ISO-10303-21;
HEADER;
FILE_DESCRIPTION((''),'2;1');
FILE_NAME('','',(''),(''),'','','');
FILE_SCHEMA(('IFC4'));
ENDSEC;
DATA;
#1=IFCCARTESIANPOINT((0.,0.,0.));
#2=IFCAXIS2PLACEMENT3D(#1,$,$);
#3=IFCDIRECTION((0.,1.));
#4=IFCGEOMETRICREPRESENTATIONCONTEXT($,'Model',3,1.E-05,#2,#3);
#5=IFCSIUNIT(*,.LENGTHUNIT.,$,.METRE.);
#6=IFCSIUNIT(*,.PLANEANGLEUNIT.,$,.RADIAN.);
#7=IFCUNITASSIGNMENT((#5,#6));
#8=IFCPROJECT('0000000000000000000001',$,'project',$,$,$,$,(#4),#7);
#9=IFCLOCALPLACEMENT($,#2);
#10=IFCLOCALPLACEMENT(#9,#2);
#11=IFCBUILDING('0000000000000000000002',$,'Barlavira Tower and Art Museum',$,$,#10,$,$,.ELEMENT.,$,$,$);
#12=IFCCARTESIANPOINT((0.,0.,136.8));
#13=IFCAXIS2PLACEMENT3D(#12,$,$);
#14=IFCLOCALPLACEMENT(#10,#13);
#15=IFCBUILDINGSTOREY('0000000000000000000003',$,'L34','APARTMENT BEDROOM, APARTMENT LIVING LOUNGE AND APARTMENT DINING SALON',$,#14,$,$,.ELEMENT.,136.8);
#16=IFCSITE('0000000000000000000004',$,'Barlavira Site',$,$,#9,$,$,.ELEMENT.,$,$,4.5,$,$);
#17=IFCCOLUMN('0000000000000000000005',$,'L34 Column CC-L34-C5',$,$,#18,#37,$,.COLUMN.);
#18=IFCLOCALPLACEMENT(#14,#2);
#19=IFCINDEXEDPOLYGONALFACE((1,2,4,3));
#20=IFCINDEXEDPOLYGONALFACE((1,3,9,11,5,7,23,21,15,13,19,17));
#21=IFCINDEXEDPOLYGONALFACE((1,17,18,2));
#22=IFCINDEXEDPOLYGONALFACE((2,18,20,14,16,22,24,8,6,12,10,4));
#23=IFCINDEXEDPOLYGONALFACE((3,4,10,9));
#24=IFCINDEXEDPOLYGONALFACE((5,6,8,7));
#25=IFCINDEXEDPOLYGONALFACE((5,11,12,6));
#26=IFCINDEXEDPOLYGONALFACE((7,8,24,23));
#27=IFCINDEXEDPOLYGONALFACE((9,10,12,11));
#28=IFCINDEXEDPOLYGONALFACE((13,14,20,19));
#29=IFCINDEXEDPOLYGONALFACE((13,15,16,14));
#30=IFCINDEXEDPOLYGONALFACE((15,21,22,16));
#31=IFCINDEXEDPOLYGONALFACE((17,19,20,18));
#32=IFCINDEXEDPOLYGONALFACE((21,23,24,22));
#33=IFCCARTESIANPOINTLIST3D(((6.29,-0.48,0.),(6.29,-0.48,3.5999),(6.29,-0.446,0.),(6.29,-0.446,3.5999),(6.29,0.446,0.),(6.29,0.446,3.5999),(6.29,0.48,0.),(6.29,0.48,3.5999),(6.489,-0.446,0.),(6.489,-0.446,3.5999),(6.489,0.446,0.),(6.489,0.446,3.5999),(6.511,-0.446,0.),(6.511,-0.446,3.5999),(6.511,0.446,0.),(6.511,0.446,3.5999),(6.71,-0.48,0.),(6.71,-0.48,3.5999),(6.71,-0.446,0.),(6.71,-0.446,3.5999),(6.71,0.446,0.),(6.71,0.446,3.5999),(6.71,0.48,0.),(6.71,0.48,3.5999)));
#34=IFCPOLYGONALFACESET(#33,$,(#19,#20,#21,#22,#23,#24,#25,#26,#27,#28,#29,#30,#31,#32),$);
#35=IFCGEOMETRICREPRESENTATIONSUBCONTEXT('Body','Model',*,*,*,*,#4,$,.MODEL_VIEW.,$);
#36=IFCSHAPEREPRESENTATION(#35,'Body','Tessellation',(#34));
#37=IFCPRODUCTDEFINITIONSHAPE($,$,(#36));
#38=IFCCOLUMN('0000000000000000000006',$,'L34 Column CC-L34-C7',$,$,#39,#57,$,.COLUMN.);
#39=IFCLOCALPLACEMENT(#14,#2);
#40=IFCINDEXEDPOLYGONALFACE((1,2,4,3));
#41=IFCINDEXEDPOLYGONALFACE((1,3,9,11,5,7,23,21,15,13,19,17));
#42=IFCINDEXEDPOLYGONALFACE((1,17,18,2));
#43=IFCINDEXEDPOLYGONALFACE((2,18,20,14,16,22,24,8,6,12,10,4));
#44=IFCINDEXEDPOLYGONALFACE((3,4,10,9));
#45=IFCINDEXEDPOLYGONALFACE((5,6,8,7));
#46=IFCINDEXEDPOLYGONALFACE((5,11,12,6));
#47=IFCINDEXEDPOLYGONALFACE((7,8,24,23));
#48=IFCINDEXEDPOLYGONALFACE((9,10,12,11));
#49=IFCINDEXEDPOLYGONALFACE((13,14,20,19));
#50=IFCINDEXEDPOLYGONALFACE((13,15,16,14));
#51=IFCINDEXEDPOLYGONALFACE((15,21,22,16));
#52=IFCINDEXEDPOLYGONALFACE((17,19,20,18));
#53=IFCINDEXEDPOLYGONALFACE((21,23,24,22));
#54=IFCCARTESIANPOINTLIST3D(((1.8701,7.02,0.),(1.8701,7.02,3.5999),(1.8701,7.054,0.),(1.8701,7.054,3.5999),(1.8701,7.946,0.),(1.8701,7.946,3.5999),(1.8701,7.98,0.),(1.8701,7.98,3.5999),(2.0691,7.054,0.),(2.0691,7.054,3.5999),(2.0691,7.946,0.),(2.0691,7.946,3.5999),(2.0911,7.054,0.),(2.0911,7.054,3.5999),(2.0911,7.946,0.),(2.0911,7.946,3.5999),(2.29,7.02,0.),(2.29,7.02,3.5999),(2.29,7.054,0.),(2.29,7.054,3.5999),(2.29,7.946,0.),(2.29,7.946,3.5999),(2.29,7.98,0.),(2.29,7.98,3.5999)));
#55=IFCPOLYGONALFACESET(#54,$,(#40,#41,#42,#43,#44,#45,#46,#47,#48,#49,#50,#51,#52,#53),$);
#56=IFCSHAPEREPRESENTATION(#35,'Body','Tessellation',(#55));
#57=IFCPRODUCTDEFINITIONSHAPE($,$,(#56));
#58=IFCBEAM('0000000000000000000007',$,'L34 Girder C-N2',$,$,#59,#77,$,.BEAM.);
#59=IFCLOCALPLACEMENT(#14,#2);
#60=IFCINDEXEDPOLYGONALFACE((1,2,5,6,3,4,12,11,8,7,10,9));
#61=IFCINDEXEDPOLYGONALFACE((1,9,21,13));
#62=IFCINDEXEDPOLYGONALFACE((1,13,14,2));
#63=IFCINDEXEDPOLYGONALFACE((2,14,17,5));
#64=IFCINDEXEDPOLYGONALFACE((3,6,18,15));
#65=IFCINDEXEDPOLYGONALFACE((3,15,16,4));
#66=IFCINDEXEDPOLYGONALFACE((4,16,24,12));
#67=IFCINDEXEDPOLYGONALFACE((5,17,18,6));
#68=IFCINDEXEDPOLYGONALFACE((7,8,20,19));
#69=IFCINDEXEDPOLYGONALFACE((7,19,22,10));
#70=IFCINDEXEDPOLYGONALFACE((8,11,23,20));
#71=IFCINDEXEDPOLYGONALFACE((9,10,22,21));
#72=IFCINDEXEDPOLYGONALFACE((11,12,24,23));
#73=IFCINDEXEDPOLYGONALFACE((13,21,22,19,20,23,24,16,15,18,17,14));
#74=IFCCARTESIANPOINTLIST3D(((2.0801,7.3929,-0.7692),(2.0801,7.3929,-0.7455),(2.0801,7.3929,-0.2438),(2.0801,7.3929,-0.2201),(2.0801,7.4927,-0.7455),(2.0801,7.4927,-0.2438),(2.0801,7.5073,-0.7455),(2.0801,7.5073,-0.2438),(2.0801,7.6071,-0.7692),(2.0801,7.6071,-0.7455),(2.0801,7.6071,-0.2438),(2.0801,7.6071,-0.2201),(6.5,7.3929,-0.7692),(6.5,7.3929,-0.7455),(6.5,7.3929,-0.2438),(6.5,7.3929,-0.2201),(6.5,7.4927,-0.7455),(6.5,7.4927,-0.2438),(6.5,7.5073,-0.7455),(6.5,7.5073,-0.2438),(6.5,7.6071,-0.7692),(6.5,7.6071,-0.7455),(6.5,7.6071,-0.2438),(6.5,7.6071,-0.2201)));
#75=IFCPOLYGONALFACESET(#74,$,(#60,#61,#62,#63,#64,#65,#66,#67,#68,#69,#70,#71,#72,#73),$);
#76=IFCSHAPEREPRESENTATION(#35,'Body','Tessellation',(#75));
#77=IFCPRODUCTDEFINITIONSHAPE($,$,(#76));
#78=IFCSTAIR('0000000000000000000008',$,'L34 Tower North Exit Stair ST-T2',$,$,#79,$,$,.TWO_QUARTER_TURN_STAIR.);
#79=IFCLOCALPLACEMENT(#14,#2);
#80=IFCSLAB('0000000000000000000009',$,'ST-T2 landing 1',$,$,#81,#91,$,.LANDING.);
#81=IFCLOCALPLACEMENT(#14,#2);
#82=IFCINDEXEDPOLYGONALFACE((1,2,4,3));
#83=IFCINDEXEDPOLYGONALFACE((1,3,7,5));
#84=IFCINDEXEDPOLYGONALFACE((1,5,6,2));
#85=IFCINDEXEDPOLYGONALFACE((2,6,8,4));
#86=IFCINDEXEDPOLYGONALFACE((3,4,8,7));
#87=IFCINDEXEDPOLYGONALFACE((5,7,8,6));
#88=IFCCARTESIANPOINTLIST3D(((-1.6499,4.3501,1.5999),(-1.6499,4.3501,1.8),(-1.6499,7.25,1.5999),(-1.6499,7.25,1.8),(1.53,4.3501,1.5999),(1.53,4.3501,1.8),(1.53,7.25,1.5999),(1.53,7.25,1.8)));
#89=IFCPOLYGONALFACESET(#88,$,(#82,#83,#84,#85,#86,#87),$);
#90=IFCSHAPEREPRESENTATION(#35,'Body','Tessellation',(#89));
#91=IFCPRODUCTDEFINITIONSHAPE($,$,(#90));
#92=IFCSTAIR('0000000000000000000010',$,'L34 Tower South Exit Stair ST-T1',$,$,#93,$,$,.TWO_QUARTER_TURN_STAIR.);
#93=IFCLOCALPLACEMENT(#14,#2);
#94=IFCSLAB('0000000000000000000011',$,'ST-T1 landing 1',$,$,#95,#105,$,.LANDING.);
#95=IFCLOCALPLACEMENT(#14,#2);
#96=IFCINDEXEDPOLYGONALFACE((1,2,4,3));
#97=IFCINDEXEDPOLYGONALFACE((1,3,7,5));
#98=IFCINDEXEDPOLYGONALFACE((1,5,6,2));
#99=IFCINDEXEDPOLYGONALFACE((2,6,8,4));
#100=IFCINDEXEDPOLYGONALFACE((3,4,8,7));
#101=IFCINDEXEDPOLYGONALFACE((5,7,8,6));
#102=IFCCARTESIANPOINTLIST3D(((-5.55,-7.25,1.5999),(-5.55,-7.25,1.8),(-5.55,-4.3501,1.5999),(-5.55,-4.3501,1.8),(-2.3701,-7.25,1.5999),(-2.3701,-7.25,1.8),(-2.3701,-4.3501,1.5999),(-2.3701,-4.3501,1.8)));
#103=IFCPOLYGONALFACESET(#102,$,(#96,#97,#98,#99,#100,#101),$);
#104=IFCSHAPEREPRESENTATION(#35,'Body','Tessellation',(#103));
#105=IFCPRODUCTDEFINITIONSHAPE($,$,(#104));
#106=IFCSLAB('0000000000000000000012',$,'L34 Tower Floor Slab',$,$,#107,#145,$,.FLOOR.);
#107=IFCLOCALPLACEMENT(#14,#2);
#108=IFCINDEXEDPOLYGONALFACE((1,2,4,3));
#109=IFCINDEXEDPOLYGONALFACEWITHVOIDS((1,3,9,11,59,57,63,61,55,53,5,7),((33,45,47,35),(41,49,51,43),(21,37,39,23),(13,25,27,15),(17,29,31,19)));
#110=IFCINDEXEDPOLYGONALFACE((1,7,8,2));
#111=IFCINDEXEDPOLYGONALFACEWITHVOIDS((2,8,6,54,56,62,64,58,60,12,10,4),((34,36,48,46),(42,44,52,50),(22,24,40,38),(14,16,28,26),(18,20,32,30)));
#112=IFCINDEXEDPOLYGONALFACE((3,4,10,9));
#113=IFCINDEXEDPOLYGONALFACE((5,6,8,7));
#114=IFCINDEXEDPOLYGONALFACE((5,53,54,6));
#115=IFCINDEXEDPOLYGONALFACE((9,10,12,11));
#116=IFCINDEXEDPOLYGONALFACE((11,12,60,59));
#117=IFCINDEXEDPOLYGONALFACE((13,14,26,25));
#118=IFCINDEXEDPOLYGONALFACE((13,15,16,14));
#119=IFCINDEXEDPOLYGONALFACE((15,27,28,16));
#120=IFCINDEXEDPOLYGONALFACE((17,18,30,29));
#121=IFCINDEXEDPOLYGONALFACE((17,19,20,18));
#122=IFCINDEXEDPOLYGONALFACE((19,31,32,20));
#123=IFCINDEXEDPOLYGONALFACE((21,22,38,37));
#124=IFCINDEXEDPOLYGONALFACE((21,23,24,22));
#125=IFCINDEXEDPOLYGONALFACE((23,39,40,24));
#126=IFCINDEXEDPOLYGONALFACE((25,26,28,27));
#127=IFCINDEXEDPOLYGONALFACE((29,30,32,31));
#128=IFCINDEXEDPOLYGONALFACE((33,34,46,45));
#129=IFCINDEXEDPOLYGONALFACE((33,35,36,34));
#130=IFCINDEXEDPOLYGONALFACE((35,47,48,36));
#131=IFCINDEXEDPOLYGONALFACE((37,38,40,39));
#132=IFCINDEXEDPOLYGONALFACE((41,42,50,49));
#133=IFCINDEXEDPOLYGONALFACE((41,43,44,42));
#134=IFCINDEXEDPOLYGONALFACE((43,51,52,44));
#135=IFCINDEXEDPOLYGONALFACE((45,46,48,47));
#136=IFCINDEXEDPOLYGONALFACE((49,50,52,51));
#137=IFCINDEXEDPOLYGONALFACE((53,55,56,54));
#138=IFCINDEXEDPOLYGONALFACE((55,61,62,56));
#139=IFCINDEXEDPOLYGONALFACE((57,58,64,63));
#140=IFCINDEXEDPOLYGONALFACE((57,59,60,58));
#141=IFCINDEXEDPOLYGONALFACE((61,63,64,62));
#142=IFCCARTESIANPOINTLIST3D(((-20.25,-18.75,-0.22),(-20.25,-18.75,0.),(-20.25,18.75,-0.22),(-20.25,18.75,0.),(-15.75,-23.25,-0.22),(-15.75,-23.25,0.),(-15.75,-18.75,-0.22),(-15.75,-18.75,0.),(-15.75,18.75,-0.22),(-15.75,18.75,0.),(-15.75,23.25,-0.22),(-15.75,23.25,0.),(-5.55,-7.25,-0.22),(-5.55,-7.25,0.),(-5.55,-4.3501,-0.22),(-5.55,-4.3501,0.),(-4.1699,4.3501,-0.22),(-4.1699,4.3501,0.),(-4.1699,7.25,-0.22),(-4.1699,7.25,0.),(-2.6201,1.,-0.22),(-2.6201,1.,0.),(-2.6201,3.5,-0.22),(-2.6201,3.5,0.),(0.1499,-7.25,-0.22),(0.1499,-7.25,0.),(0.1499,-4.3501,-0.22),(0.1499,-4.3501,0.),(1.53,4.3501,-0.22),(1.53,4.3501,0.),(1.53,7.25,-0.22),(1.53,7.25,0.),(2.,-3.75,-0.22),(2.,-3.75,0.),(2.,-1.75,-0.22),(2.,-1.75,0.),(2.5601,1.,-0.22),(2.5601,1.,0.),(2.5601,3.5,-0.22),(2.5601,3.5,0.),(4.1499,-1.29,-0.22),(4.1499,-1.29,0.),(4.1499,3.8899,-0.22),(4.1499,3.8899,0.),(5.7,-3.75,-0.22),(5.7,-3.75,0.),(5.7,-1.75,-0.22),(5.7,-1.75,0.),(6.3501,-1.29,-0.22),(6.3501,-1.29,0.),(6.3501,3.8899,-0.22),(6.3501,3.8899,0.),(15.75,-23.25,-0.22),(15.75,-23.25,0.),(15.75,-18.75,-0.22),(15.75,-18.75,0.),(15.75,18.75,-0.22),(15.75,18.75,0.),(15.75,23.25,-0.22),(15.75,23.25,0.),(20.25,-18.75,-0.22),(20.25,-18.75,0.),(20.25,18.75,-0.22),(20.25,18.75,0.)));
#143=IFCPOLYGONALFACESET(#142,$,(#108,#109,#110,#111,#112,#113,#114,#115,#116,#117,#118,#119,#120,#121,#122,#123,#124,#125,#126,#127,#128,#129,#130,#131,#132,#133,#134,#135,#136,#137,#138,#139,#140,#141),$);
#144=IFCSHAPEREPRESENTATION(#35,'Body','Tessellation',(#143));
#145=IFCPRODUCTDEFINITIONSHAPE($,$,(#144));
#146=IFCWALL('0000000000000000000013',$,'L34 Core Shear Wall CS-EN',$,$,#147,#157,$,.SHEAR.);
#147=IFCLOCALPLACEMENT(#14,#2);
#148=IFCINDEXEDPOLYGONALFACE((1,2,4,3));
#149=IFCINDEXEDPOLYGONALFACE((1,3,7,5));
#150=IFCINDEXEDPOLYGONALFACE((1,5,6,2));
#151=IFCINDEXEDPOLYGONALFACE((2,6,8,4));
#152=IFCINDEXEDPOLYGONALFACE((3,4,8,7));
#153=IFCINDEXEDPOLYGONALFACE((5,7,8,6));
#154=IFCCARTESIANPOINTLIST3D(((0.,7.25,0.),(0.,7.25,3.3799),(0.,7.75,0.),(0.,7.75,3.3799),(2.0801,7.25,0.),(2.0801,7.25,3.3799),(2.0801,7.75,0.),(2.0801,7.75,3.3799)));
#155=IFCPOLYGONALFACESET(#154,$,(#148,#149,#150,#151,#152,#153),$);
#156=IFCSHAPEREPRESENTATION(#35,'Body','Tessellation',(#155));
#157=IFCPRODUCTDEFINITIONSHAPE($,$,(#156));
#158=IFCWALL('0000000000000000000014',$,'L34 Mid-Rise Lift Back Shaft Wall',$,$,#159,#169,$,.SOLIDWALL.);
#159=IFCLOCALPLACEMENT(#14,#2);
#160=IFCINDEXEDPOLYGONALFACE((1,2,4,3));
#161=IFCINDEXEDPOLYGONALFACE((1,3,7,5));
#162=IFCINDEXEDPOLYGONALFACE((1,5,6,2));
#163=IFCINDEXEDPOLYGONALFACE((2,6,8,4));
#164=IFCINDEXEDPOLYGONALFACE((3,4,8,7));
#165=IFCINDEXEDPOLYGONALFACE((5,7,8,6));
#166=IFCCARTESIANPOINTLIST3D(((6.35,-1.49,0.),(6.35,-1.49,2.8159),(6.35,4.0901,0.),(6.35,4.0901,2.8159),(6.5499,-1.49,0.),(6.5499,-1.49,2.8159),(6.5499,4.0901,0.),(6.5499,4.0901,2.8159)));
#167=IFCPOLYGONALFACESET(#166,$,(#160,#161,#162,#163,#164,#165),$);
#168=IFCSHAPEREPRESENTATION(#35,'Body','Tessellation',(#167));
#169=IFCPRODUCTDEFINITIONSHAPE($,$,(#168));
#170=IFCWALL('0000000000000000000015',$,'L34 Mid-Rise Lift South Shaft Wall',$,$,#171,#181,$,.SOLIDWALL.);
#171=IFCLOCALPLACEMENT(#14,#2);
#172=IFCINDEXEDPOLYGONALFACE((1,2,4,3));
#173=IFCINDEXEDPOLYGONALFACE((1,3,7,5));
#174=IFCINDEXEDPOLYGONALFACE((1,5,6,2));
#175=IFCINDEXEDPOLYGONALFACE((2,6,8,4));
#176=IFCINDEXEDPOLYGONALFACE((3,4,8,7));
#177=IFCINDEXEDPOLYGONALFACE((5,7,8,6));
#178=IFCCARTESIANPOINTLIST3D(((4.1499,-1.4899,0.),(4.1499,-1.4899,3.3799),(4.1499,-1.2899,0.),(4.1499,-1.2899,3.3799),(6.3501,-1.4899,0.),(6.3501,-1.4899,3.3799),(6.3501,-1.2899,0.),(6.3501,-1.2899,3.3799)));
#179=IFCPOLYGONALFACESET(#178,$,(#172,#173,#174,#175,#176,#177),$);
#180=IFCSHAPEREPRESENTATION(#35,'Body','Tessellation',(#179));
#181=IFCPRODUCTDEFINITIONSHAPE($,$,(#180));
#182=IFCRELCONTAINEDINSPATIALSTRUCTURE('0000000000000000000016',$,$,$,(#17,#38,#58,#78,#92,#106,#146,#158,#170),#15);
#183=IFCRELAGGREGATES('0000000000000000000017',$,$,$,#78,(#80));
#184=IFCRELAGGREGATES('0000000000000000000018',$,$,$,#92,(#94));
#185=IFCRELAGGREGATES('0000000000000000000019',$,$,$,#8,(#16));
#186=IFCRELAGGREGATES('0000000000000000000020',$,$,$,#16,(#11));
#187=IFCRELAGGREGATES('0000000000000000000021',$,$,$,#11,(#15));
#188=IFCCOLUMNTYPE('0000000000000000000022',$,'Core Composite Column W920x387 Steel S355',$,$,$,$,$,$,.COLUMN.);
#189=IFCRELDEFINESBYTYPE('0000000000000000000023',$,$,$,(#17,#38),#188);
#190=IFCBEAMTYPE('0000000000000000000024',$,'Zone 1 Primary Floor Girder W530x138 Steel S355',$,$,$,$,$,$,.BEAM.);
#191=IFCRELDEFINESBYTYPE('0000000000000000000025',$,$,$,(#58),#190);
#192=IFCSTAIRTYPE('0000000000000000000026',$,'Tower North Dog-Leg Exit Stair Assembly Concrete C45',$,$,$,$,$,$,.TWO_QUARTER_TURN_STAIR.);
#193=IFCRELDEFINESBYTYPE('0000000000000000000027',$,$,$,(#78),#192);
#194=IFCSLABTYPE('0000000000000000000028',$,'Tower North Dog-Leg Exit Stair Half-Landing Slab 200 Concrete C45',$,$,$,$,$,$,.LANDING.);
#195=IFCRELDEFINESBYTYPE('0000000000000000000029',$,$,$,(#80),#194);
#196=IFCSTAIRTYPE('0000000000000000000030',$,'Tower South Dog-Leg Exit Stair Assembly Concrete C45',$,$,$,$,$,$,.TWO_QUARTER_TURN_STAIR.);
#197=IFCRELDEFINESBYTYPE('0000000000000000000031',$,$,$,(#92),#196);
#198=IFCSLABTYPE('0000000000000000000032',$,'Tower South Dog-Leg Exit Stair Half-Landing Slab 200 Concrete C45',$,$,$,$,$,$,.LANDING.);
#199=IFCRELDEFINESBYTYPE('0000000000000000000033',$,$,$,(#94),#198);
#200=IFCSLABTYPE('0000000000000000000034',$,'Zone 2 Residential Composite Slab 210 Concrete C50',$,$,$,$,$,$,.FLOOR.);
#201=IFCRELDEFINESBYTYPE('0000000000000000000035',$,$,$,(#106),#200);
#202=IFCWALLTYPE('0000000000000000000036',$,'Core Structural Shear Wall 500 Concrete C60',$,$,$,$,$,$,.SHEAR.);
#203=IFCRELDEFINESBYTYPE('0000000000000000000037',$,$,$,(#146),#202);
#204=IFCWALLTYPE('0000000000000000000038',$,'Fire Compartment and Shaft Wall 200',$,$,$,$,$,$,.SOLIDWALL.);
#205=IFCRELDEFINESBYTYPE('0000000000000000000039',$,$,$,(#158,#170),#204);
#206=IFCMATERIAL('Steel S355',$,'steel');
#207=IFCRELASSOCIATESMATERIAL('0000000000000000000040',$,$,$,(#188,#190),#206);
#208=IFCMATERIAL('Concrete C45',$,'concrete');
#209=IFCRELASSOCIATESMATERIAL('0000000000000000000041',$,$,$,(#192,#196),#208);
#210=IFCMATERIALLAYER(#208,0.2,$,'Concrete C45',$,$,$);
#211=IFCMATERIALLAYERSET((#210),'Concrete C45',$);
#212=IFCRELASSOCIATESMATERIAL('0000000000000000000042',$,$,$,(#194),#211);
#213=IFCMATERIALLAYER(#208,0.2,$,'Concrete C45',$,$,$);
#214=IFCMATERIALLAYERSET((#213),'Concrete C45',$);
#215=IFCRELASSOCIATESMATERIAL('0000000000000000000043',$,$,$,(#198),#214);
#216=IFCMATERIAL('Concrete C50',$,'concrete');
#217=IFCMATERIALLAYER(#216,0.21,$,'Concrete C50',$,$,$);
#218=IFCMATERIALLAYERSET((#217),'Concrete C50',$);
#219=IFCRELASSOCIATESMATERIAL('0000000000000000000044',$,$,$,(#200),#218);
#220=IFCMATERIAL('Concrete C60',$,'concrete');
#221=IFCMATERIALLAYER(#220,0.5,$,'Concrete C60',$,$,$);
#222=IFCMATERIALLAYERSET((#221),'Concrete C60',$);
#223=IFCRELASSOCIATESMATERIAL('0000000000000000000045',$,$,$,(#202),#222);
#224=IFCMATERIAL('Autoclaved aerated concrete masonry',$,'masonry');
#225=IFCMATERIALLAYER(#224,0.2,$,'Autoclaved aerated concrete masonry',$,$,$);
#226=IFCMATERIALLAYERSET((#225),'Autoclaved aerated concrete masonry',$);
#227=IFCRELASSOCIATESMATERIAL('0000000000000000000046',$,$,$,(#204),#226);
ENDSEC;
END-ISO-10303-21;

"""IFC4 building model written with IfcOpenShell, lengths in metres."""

from ifc_helpers import new_model, si_unit, direction, frame, frame_2d, origin, origin_2d, place, context, subcontext, project, spatial, polyline, rectangle, i_section, outline, extrude, material, layer, layer_set, material_profile, profile_set, type_object, element, aggregate, save


model = new_model("IFC4")

# Units and contexts
model_context = context("Model", 3, precision=1e-05, world=origin(), true_north=direction((0.0, 1.0)))
body_context = subcontext(model_context, "Body", "Model", "MODEL_VIEW")
ifc_project = project(units=[si_unit("LENGTHUNIT", "METRE"), si_unit("PLANEANGLEUNIT", "RADIAN")], contexts=[model_context])

# Site, building, storey
site_placement = place(None, origin())
site = spatial("IfcSite", under=ifc_project, at=site_placement, Name="Barlavira Site", CompositionType="ELEMENT", RefElevation=4.5)
building_placement = place(site_placement, origin())
building = spatial("IfcBuilding", under=site, at=building_placement, Name="Barlavira Tower and Art Museum", CompositionType="ELEMENT")
storey_placement = place(building_placement, frame((0.0, 0.0, 136.8)))
storey = spatial("IfcBuildingStorey", under=building, at=storey_placement, Name="L34", Description="APARTMENT BEDROOM, APARTMENT LIVING LOUNGE AND APARTMENT DINING SALON", CompositionType="ELEMENT", Elevation=136.8)

# Columns
ifc_material_1 = material(Name="Steel S355", Category="steel")
ifc_material_profile_1 = material_profile(ifc_material_1, i_section(OverallWidth=0.4199, OverallDepth=0.96, WebThickness=0.022, FlangeThickness=0.0339, at=origin_2d()), Name="W920x387.0")
ifc_profile_set_1 = profile_set([ifc_material_profile_1], Name="Steel S355")
column_type = type_object("IfcColumnType", Name="Core Composite Column W920x387 Steel S355", PredefinedType="COLUMN", material=ifc_profile_set_1)
for number, where, z_axis, x_axis, name in (
    (1, (6.5, 0.0, 0.0), (0.0, 0.0, 1.0), (1.0, 0.0, 0.0), "L34 Column CC-L34-C5"),
    (2, (2.0801, 7.5, 0.0), (0.0, 0.0, 1.0), (1.0, 0.0, 0.0), "L34 Column CC-L34-C7"),
):
    element("IfcColumn", number, at=place(storey_placement, frame(where, z_axis=z_axis, x_axis=x_axis)), inside=storey, type_object=column_type, Name=name, PredefinedType="COLUMN", context=body_context, shape_type="SweptSolid", body=[
        extrude(i_section(OverallWidth=0.4199, OverallDepth=0.96, WebThickness=0.022, FlangeThickness=0.0339, at=origin_2d()), origin(), (0.0, 0.0, 1.0), 3.5999),
    ])

# Beam
ifc_material_profile_2 = material_profile(ifc_material_1, i_section(OverallWidth=0.2141, OverallDepth=0.5491, WebThickness=0.0146, FlangeThickness=0.0237, at=origin_2d()), Name="W530x138.0")
ifc_profile_set_2 = profile_set([ifc_material_profile_2], Name="Steel S355")
beam_type = type_object("IfcBeamType", Name="Zone 1 Primary Floor Girder W530x138 Steel S355", PredefinedType="BEAM", material=ifc_profile_set_2)
beam_placement = place(storey_placement, frame((2.0801, 7.5, -0.4946), z_axis=(1.0, 0.0, 0.0), x_axis=(0.0, 1.0, 0.0)))
element("IfcBeam", 3, at=beam_placement, inside=storey, type_object=beam_type, Name="L34 Girder C-N2", PredefinedType="BEAM", context=body_context, shape_type="SweptSolid", body=[
    extrude(i_section(OverallWidth=0.2141, OverallDepth=0.5491, WebThickness=0.0146, FlangeThickness=0.0237, at=origin_2d()), origin(), (0.0, 0.0, 1.0), 4.4199),
])

# Stairs, slabs
ifc_material_2 = material(Name="Concrete C45", Category="concrete")
stair_type_1 = type_object("IfcStairType", Name="Tower North Dog-Leg Exit Stair Assembly Concrete C45", PredefinedType="TWO_QUARTER_TURN_STAIR", material=ifc_material_2)
stair_1_placement = place(storey_placement, origin())
stair_1 = element("IfcStair", 4, at=stair_1_placement, inside=storey, type_object=stair_type_1, Name="L34 Tower North Exit Stair ST-T2", PredefinedType="TWO_QUARTER_TURN_STAIR")
ifc_layer_1 = layer(ifc_material_2, 0.2, Name="Concrete C45")
ifc_layer_set_1 = layer_set([ifc_layer_1], Name="Concrete C45")
slab_type_1 = type_object("IfcSlabType", Name="Tower North Dog-Leg Exit Stair Half-Landing Slab 200 Concrete C45", PredefinedType="LANDING", material=ifc_layer_set_1)
slab_1_placement = place(storey_placement, frame((0.0, 0.0, 1.5999)))
slab_1 = element("IfcSlab", 5, at=slab_1_placement, type_object=slab_type_1, Name="ST-T2 landing 1", PredefinedType="LANDING", context=body_context, shape_type="SweptSolid", body=[
    extrude(outline(polyline([(-1.6499, 4.3501), (1.53, 4.3501), (1.53, 7.25), (-1.6499, 7.25), (-1.6499, 4.3501)])), origin(), (0.0, 0.0, 1.0), 0.2002),
])
aggregate(stair_1, [slab_1])
stair_type_2 = type_object("IfcStairType", Name="Tower South Dog-Leg Exit Stair Assembly Concrete C45", PredefinedType="TWO_QUARTER_TURN_STAIR", material=ifc_material_2)
stair_2_placement = place(storey_placement, origin())
stair_2 = element("IfcStair", 6, at=stair_2_placement, inside=storey, type_object=stair_type_2, Name="L34 Tower South Exit Stair ST-T1", PredefinedType="TWO_QUARTER_TURN_STAIR")
ifc_layer_2 = layer(ifc_material_2, 0.2, Name="Concrete C45")
ifc_layer_set_2 = layer_set([ifc_layer_2], Name="Concrete C45")
slab_type_2 = type_object("IfcSlabType", Name="Tower South Dog-Leg Exit Stair Half-Landing Slab 200 Concrete C45", PredefinedType="LANDING", material=ifc_layer_set_2)
slab_2_placement = place(storey_placement, frame((0.0, 0.0, 1.5999)))
slab_2 = element("IfcSlab", 7, at=slab_2_placement, type_object=slab_type_2, Name="ST-T1 landing 1", PredefinedType="LANDING", context=body_context, shape_type="SweptSolid", body=[
    extrude(outline(polyline([(-2.3701, -4.3501), (-5.55, -4.3501), (-5.55, -7.25), (-2.3701, -7.25), (-2.3701, -4.3501)])), origin(), (0.0, 0.0, 1.0), 0.2002),
])
aggregate(stair_2, [slab_2])

# Slab
ifc_material_3 = material(Name="Concrete C50", Category="concrete")
ifc_layer_3 = layer(ifc_material_3, 0.21, Name="Concrete C50")
ifc_layer_set_3 = layer_set([ifc_layer_3], Name="Concrete C50")
slab_type_3 = type_object("IfcSlabType", Name="Zone 2 Residential Composite Slab 210 Concrete C50", PredefinedType="FLOOR", material=ifc_layer_set_3)
slab_3_placement = place(storey_placement, frame((0.0, 0.0, -0.22)))
element("IfcSlab", 8, at=slab_3_placement, inside=storey, type_object=slab_type_3, Name="L34 Tower Floor Slab", PredefinedType="FLOOR", context=body_context, shape_type="SweptSolid", body=[
    extrude(outline(polyline([(-15.75, -23.25), (15.75, -23.25), (15.75, -18.75), (20.25, -18.75), (20.25, 18.75), (15.75, 18.75), (15.75, 23.25), (-15.75, 23.25), (-15.75, 18.75), (-20.25, 18.75), (-20.25, -18.75), (-15.75, -18.75), (-15.75, -23.25)]), holes=[polyline([(0.1499, -4.3501), (-5.55, -4.3501), (-5.55, -7.25), (0.1499, -7.25), (0.1499, -4.3501)]), polyline([(-4.1699, 4.3501), (1.53, 4.3501), (1.53, 7.25), (-4.1699, 7.25), (-4.1699, 4.3501)]), polyline([(4.1499, -1.29), (6.3501, -1.29), (6.3501, 3.8899), (4.1499, 3.8899), (4.1499, -1.29)]), polyline([(-2.6201, 1.0), (2.5601, 1.0), (2.5601, 3.5), (-2.6201, 3.5), (-2.6201, 1.0)]), polyline([(2.0, -3.75), (5.7, -3.75), (5.7, -1.75), (2.0, -1.75), (2.0, -3.75)])]), origin(), (0.0, 0.0, 1.0), 0.22),
])

# Walls
ifc_material_4 = material(Name="Concrete C60", Category="concrete")
ifc_layer_4 = layer(ifc_material_4, 0.5, Name="Concrete C60")
ifc_layer_set_4 = layer_set([ifc_layer_4], Name="Concrete C60")
wall_type_1 = type_object("IfcWallType", Name="Core Structural Shear Wall 500 Concrete C60", PredefinedType="SHEAR", material=ifc_layer_set_4)
wall_1_placement = place(storey_placement, frame((0.0, 7.5, 0.0), z_axis=(0.0, 0.0, 1.0), x_axis=(1.0, 0.0, 0.0)))
element("IfcWall", 9, at=wall_1_placement, inside=storey, type_object=wall_type_1, Name="L34 Core Shear Wall CS-EN", PredefinedType="SHEAR", context=body_context, shape_type="SweptSolid", body=[
    extrude(rectangle(XDim=2.0801, YDim=0.5, at=frame_2d((1.04, 0.0))), origin(), (0.0, 0.0, 1.0), 3.3799),
])
ifc_material_5 = material(Name="Autoclaved aerated concrete masonry", Category="masonry")
ifc_layer_5 = layer(ifc_material_5, 0.2, Name="Autoclaved aerated concrete masonry")
ifc_layer_set_5 = layer_set([ifc_layer_5], Name="Autoclaved aerated concrete masonry")
wall_type_2 = type_object("IfcWallType", Name="Fire Compartment and Shaft Wall 200", PredefinedType="SOLIDWALL", material=ifc_layer_set_5)
wall_2_placement = place(storey_placement, frame((6.45, -1.49, 0.0), z_axis=(0.0, 0.0, 1.0), x_axis=(0.0, 1.0, 0.0)))
element("IfcWall", 10, at=wall_2_placement, inside=storey, type_object=wall_type_2, Name="L34 Mid-Rise Lift Back Shaft Wall", PredefinedType="SOLIDWALL", context=body_context, shape_type="SweptSolid", body=[
    extrude(rectangle(XDim=5.5801, YDim=0.2, at=frame_2d((2.79, 0.0))), origin(), (0.0, 0.0, 1.0), 2.8159),
])
for number, where, z_axis, x_axis, name in (
    (11, (4.1499, -1.3899, 0.0), (0.0, 0.0, 1.0), (1.0, 0.0, 0.0), "L34 Mid-Rise Lift South Shaft Wall"),
):
    element("IfcWall", number, at=place(storey_placement, frame(where, z_axis=z_axis, x_axis=x_axis)), inside=storey, type_object=wall_type_2, Name=name, PredefinedType="SOLIDWALL", context=body_context, shape_type="SweptSolid", body=[
        extrude(rectangle(XDim=2.2002, YDim=0.2, at=frame_2d((1.1001, 0.0))), origin(), (0.0, 0.0, 1.0), 3.3799),
    ])

save(model, "model.ifc")
